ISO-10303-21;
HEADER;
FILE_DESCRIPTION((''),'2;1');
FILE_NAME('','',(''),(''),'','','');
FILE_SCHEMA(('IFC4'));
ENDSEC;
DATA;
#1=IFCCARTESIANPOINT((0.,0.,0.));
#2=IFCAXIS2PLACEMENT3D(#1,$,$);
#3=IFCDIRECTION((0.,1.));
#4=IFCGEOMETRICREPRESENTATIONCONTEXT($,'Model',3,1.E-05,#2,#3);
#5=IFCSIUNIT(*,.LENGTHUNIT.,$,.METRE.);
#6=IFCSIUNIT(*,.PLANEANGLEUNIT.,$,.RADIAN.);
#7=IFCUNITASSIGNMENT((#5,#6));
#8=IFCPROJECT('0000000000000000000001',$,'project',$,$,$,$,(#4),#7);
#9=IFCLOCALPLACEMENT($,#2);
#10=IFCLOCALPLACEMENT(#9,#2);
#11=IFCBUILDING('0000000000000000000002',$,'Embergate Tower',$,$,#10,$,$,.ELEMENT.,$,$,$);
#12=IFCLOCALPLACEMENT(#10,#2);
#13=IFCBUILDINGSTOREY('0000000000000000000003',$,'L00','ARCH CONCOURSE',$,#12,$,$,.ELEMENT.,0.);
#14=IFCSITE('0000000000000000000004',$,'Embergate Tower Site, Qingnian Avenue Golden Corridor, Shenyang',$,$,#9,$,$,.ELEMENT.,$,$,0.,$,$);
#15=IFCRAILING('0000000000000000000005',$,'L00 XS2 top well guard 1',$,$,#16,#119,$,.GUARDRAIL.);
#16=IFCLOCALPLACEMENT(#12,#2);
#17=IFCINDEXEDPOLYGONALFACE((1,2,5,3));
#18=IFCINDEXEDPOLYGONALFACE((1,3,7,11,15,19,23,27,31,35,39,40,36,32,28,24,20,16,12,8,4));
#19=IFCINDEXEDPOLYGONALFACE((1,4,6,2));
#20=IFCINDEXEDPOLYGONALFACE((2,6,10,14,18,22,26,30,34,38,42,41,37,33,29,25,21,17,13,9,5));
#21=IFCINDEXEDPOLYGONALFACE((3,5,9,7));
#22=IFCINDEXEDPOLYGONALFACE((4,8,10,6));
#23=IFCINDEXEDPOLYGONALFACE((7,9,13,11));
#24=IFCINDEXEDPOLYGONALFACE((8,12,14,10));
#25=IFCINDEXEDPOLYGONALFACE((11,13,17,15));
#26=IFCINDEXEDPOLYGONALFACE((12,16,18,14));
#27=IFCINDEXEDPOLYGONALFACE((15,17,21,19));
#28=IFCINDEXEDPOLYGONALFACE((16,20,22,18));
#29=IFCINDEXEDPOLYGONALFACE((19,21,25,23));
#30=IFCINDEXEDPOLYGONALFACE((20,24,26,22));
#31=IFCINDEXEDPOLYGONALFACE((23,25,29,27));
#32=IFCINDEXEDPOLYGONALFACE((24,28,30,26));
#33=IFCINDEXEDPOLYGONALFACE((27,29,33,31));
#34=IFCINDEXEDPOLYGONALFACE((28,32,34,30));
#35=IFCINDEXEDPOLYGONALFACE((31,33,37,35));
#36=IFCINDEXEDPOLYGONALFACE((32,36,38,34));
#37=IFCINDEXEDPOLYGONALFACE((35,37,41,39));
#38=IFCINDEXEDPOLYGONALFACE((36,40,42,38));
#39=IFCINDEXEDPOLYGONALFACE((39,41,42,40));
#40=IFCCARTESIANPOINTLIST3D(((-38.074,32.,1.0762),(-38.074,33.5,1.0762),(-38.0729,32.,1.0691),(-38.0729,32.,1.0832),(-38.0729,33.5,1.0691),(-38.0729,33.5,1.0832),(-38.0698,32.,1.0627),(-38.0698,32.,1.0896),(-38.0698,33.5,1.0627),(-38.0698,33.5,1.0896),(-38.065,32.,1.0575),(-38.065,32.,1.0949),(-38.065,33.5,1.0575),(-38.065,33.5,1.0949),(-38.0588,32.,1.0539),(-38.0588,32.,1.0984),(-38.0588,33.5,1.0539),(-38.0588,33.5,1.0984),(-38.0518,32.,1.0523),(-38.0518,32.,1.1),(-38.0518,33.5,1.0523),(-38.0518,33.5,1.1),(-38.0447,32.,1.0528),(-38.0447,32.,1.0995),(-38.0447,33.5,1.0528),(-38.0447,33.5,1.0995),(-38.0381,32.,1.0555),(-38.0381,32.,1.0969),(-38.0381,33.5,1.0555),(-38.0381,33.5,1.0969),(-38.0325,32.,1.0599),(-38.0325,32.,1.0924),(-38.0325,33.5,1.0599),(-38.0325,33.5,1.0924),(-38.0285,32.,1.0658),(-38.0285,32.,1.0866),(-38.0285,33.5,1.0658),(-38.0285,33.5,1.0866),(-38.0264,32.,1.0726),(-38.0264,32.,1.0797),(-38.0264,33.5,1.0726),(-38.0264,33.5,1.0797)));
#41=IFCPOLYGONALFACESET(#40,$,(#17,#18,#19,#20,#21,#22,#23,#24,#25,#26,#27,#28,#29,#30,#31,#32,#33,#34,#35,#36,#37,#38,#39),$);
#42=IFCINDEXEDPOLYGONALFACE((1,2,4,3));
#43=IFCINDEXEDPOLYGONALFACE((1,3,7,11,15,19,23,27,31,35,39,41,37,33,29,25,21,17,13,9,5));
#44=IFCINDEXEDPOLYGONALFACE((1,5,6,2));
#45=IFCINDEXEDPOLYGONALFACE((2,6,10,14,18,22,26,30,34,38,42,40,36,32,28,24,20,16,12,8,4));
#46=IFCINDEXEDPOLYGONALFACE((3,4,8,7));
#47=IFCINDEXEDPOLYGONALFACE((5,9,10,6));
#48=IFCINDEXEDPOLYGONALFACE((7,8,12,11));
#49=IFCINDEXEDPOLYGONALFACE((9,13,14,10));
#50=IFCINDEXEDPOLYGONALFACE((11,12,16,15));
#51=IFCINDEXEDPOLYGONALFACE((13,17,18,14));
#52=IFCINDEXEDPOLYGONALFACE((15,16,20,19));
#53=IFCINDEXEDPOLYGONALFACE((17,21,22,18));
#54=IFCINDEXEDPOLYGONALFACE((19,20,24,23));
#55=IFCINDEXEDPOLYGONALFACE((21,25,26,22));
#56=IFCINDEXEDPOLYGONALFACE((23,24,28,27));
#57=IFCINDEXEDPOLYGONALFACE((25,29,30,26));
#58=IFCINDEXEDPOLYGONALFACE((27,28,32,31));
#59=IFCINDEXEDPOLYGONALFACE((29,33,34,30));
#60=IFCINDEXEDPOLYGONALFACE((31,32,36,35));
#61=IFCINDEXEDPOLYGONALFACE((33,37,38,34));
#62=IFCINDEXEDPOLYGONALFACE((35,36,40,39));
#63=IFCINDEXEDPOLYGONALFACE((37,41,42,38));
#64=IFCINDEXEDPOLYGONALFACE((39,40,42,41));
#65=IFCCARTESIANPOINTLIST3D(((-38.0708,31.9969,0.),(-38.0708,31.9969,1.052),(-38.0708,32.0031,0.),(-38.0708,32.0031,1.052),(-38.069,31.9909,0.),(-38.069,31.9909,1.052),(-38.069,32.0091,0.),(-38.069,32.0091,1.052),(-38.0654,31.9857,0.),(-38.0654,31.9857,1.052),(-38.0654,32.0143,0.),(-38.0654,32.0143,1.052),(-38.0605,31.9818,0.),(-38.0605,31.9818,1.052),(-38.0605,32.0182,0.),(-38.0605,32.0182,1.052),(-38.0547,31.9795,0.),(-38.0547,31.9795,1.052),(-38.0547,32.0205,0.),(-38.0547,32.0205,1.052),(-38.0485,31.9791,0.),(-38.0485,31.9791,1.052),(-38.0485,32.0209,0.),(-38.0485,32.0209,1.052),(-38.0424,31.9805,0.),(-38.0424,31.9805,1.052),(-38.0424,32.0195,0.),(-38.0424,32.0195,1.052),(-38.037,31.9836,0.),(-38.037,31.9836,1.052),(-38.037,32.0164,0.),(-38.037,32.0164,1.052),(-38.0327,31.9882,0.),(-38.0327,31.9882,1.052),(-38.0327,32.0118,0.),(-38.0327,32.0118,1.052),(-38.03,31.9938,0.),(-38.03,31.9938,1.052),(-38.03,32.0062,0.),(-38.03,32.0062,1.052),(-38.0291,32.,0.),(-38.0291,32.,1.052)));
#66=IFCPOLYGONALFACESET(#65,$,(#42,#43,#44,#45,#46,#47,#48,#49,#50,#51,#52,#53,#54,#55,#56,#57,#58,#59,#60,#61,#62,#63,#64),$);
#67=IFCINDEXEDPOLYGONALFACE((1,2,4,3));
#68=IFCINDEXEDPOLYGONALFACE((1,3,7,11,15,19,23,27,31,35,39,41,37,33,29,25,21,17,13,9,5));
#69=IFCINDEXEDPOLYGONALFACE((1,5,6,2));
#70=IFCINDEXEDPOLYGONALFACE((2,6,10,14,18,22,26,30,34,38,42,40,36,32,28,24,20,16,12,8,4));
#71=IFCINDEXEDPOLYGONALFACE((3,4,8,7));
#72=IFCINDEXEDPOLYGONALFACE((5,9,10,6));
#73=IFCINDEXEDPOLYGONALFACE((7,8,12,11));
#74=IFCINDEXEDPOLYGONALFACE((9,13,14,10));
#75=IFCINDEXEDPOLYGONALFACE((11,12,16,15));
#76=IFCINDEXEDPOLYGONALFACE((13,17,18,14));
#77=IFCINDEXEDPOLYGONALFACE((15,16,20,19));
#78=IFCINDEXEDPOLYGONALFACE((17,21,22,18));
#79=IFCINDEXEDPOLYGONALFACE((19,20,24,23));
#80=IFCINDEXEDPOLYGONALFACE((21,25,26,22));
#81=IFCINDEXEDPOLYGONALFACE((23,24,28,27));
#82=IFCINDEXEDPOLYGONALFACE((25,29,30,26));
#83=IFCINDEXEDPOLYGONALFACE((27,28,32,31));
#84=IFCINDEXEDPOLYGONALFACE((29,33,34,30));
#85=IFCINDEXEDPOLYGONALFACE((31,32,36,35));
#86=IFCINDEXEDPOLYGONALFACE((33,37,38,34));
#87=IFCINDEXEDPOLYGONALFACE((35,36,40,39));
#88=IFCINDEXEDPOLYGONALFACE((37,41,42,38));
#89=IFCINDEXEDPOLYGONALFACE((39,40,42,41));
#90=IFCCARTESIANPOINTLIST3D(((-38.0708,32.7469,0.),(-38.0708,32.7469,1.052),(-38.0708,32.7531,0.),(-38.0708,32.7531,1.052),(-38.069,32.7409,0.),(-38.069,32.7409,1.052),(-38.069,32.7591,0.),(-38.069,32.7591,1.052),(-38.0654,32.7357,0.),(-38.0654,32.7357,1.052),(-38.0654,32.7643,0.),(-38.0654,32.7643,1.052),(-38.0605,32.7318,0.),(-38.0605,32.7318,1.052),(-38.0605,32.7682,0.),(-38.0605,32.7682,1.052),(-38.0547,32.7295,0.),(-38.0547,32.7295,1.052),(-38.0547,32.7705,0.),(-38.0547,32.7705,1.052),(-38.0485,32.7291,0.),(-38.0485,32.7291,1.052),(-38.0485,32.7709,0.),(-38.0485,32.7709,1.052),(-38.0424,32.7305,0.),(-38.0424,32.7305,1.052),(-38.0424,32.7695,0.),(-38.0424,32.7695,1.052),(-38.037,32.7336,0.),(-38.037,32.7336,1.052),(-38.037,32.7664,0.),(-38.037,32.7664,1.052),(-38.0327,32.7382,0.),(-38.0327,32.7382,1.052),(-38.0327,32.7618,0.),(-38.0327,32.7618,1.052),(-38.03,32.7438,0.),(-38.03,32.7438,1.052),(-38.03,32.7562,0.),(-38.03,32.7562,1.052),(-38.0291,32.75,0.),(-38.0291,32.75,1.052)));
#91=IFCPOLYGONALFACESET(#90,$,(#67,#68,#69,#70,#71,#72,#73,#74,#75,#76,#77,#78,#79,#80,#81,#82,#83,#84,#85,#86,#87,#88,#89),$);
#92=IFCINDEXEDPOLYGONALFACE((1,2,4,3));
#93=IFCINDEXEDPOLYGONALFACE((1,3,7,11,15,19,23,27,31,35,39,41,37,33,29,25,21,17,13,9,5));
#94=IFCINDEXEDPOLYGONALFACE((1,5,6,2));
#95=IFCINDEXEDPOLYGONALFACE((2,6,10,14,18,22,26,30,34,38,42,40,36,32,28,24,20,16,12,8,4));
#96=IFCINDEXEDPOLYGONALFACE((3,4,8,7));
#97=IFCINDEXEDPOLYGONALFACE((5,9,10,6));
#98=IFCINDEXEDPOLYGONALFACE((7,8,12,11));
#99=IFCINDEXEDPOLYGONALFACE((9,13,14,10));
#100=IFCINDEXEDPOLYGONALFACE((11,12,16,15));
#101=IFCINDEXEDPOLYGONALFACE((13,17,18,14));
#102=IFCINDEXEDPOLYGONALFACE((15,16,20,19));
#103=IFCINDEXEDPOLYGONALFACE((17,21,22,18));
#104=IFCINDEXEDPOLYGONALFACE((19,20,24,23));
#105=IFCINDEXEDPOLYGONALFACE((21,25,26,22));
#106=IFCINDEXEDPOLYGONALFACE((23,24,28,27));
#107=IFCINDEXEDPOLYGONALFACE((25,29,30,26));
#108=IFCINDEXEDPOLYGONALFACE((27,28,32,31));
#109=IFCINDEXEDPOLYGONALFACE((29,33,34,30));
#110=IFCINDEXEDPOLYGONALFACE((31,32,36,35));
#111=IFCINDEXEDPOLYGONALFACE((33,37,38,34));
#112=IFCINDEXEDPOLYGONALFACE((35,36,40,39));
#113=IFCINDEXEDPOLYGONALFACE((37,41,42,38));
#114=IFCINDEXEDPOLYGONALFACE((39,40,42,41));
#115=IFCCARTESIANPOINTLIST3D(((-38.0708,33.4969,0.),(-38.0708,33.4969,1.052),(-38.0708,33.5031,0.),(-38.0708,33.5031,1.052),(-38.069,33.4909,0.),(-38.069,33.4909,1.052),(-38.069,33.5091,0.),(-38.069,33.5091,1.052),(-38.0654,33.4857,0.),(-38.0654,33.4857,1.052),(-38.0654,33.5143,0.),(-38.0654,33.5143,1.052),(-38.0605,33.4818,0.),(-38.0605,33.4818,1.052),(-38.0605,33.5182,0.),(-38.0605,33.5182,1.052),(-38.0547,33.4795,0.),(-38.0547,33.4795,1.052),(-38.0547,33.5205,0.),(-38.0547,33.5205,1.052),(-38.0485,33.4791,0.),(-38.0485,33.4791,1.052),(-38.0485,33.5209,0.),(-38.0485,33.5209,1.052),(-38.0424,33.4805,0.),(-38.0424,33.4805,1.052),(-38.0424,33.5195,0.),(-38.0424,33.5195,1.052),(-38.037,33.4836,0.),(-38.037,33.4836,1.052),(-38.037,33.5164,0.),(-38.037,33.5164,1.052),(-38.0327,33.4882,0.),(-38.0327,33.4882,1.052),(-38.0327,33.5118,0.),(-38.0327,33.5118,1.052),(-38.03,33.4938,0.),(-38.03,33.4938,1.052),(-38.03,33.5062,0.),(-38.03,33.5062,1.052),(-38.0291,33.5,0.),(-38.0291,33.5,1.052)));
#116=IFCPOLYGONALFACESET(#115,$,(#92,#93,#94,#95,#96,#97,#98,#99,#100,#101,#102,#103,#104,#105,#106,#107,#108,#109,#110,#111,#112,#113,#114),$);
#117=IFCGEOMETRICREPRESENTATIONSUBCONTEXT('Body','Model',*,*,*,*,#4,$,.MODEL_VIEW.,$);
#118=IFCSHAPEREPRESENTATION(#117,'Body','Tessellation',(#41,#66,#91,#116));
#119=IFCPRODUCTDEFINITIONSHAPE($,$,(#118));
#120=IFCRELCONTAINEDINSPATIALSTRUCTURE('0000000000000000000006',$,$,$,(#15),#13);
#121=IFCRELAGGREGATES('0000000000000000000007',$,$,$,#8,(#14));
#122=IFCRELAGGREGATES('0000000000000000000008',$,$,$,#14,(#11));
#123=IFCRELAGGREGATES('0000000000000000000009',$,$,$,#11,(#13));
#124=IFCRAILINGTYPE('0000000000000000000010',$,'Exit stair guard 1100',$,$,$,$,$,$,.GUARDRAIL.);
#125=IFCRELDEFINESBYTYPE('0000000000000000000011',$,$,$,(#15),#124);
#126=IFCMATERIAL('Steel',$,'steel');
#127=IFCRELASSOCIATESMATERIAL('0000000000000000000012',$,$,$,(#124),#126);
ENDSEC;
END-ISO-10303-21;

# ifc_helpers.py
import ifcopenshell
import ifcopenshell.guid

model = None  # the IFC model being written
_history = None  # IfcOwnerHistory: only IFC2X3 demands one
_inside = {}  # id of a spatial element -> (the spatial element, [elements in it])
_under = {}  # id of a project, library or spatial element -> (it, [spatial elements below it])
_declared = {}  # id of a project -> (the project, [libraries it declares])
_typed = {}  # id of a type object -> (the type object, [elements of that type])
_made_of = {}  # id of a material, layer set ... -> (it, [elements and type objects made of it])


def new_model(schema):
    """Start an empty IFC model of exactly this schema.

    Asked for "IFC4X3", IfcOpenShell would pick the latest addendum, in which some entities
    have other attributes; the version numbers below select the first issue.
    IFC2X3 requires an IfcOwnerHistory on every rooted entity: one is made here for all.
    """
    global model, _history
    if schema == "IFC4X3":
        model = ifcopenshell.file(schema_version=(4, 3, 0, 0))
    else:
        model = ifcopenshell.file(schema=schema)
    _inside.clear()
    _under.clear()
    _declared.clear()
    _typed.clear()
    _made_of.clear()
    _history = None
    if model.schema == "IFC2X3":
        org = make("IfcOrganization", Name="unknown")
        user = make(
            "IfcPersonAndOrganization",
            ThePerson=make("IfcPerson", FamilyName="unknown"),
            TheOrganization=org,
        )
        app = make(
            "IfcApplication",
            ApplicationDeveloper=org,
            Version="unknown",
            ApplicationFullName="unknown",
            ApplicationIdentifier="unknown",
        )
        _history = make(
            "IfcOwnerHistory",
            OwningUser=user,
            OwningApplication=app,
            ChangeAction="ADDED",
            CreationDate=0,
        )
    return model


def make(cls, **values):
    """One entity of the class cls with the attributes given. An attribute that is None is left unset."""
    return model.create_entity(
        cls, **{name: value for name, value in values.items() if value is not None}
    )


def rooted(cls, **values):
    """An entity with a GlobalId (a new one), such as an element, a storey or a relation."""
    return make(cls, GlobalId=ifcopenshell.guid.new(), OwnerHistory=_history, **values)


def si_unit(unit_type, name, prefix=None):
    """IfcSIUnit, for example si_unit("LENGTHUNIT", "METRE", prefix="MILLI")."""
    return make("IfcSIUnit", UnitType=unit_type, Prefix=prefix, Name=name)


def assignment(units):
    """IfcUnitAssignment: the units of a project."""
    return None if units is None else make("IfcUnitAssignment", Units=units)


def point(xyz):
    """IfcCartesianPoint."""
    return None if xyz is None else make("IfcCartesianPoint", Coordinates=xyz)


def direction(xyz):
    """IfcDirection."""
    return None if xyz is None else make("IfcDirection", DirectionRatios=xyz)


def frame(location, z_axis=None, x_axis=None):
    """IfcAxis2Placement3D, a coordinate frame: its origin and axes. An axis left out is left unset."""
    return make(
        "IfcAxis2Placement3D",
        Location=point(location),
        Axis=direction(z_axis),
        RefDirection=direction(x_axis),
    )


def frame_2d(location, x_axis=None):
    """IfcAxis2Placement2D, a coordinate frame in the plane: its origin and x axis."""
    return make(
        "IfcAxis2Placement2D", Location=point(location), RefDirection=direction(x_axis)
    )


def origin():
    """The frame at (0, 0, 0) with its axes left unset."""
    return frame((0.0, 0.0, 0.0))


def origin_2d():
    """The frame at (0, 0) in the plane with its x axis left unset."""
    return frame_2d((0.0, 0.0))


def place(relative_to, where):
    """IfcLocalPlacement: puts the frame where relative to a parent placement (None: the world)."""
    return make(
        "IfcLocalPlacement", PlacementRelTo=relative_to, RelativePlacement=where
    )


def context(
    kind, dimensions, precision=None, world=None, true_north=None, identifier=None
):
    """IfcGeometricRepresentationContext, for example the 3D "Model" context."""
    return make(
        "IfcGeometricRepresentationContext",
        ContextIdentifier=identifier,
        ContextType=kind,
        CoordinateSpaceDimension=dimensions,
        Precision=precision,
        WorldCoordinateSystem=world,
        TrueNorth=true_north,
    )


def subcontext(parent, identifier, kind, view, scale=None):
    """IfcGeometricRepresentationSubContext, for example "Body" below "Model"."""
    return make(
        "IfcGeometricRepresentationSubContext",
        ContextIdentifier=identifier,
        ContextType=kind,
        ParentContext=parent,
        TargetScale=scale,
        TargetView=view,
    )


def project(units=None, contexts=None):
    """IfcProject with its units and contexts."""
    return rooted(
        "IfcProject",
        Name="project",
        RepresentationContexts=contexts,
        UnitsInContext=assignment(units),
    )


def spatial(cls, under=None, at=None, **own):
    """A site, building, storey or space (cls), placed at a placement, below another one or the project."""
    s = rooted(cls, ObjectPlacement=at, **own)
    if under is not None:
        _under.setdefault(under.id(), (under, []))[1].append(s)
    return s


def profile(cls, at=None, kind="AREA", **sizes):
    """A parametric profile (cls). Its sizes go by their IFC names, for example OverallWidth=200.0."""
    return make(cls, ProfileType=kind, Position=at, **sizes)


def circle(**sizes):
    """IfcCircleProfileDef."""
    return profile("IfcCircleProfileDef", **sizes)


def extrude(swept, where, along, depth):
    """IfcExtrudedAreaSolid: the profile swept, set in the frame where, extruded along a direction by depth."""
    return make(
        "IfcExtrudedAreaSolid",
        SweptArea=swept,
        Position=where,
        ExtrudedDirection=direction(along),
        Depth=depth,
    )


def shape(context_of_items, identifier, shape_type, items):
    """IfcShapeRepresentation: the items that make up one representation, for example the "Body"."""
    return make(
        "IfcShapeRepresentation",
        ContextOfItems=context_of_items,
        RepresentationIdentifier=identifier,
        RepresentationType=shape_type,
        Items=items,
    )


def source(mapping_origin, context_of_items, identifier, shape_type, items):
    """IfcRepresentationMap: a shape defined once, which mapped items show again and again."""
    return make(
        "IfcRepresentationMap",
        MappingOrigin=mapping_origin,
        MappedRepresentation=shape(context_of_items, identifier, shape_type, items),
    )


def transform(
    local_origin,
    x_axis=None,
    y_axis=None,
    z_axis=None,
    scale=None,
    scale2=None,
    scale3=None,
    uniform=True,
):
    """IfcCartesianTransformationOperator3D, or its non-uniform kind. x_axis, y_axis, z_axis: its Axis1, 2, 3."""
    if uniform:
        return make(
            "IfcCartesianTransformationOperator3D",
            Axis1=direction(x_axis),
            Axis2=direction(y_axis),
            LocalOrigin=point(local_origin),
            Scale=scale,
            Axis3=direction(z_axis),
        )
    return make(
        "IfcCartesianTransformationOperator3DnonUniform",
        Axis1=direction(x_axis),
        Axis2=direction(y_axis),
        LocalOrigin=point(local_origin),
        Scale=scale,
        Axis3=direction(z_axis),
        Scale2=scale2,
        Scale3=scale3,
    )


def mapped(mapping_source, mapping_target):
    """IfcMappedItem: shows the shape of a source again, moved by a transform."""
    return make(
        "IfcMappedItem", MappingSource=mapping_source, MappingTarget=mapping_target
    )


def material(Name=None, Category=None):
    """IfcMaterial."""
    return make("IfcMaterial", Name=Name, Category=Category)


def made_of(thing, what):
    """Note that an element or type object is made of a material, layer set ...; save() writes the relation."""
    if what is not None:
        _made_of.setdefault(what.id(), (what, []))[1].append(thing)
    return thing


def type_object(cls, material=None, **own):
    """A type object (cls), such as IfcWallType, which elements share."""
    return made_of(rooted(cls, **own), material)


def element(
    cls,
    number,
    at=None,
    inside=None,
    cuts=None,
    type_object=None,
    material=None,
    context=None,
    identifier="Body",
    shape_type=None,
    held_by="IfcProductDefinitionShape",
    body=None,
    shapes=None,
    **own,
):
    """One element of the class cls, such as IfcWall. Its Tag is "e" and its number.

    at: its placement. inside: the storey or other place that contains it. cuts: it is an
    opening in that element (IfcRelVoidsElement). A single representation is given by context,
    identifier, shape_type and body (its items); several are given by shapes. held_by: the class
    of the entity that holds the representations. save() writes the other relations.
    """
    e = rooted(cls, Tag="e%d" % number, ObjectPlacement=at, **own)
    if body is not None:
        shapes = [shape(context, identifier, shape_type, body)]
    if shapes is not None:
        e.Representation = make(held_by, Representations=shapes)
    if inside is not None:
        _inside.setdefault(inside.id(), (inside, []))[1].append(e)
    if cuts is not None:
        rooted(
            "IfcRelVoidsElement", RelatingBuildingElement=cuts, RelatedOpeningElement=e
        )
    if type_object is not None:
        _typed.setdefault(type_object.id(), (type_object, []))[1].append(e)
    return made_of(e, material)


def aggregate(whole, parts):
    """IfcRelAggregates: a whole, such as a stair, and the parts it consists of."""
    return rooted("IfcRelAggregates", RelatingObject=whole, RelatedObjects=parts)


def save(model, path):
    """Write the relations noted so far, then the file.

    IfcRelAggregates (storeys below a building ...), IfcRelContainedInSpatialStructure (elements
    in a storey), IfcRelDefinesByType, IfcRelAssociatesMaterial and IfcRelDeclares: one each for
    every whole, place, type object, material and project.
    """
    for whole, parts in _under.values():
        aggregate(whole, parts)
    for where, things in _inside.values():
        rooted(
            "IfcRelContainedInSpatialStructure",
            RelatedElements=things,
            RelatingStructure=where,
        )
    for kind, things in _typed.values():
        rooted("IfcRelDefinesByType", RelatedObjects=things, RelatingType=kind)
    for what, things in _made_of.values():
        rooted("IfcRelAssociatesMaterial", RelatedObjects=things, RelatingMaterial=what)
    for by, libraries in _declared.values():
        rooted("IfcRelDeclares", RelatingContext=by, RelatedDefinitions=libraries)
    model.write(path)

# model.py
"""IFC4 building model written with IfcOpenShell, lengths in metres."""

from ifc_helpers import new_model, si_unit, direction, frame, origin, origin_2d, place, context, subcontext, project, spatial, circle, extrude, source, transform, mapped, material, type_object, element, save


model = new_model("IFC4")

# Units and contexts
model_context = context("Model", 3, precision=1e-05, world=origin(), true_north=direction((0.0, 1.0)))
body_context = subcontext(model_context, "Body", "Model", "MODEL_VIEW")
ifc_project = project(units=[si_unit("LENGTHUNIT", "METRE"), si_unit("PLANEANGLEUNIT", "RADIAN")], contexts=[model_context])

# Site, building, storey
site_placement = place(None, origin())
site = spatial("IfcSite", under=ifc_project, at=site_placement, Name="Embergate Tower Site, Qingnian Avenue Golden Corridor, Shenyang", CompositionType="ELEMENT", RefElevation=0.0)
building_placement = place(site_placement, origin())
building = spatial("IfcBuilding", under=site, at=building_placement, Name="Embergate Tower", CompositionType="ELEMENT")
storey_placement = place(building_placement, origin())
storey = spatial("IfcBuildingStorey", under=building, at=storey_placement, Name="L00", Description="ARCH CONCOURSE", CompositionType="ELEMENT", Elevation=0.0)

# Railing
ifc_material_1 = material(Name="Steel", Category="steel")
railing_type = type_object("IfcRailingType", Name="Exit stair guard 1100", PredefinedType="GUARDRAIL", material=ifc_material_1)
shared_shape_1 = source(origin(), body_context, "Body", "SweptSolid", [
    extrude(circle(Radius=0.0239, at=origin_2d()), frame((0.0, 0.0, 1.0762), z_axis=(0.0, 1.0, 0.0), x_axis=(-1.0, 0.0, 0.0)), (0.0, 0.0, 1.0), 1.5),
    extrude(circle(Radius=0.021, at=origin_2d()), origin(), (0.0, 0.0, 1.0), 1.052),
    extrude(circle(Radius=0.021, at=origin_2d()), frame((0.0, 0.75, 0.0)), (0.0, 0.0, 1.0), 1.052),
    extrude(circle(Radius=0.021, at=origin_2d()), frame((0.0, 1.5, 0.0)), (0.0, 0.0, 1.0), 1.052),
])
railing_placement = place(storey_placement, frame((-38.05, 32.0, 0.0)))
element("IfcRailing", 1, at=railing_placement, inside=storey, type_object=railing_type, Name="L00 XS2 top well guard 1", PredefinedType="GUARDRAIL", context=body_context, shape_type="MappedRepresentation", body=[
    mapped(shared_shape_1, transform((0.0, 0.0, 0.0))),
])

save(model, "model.ifc")
